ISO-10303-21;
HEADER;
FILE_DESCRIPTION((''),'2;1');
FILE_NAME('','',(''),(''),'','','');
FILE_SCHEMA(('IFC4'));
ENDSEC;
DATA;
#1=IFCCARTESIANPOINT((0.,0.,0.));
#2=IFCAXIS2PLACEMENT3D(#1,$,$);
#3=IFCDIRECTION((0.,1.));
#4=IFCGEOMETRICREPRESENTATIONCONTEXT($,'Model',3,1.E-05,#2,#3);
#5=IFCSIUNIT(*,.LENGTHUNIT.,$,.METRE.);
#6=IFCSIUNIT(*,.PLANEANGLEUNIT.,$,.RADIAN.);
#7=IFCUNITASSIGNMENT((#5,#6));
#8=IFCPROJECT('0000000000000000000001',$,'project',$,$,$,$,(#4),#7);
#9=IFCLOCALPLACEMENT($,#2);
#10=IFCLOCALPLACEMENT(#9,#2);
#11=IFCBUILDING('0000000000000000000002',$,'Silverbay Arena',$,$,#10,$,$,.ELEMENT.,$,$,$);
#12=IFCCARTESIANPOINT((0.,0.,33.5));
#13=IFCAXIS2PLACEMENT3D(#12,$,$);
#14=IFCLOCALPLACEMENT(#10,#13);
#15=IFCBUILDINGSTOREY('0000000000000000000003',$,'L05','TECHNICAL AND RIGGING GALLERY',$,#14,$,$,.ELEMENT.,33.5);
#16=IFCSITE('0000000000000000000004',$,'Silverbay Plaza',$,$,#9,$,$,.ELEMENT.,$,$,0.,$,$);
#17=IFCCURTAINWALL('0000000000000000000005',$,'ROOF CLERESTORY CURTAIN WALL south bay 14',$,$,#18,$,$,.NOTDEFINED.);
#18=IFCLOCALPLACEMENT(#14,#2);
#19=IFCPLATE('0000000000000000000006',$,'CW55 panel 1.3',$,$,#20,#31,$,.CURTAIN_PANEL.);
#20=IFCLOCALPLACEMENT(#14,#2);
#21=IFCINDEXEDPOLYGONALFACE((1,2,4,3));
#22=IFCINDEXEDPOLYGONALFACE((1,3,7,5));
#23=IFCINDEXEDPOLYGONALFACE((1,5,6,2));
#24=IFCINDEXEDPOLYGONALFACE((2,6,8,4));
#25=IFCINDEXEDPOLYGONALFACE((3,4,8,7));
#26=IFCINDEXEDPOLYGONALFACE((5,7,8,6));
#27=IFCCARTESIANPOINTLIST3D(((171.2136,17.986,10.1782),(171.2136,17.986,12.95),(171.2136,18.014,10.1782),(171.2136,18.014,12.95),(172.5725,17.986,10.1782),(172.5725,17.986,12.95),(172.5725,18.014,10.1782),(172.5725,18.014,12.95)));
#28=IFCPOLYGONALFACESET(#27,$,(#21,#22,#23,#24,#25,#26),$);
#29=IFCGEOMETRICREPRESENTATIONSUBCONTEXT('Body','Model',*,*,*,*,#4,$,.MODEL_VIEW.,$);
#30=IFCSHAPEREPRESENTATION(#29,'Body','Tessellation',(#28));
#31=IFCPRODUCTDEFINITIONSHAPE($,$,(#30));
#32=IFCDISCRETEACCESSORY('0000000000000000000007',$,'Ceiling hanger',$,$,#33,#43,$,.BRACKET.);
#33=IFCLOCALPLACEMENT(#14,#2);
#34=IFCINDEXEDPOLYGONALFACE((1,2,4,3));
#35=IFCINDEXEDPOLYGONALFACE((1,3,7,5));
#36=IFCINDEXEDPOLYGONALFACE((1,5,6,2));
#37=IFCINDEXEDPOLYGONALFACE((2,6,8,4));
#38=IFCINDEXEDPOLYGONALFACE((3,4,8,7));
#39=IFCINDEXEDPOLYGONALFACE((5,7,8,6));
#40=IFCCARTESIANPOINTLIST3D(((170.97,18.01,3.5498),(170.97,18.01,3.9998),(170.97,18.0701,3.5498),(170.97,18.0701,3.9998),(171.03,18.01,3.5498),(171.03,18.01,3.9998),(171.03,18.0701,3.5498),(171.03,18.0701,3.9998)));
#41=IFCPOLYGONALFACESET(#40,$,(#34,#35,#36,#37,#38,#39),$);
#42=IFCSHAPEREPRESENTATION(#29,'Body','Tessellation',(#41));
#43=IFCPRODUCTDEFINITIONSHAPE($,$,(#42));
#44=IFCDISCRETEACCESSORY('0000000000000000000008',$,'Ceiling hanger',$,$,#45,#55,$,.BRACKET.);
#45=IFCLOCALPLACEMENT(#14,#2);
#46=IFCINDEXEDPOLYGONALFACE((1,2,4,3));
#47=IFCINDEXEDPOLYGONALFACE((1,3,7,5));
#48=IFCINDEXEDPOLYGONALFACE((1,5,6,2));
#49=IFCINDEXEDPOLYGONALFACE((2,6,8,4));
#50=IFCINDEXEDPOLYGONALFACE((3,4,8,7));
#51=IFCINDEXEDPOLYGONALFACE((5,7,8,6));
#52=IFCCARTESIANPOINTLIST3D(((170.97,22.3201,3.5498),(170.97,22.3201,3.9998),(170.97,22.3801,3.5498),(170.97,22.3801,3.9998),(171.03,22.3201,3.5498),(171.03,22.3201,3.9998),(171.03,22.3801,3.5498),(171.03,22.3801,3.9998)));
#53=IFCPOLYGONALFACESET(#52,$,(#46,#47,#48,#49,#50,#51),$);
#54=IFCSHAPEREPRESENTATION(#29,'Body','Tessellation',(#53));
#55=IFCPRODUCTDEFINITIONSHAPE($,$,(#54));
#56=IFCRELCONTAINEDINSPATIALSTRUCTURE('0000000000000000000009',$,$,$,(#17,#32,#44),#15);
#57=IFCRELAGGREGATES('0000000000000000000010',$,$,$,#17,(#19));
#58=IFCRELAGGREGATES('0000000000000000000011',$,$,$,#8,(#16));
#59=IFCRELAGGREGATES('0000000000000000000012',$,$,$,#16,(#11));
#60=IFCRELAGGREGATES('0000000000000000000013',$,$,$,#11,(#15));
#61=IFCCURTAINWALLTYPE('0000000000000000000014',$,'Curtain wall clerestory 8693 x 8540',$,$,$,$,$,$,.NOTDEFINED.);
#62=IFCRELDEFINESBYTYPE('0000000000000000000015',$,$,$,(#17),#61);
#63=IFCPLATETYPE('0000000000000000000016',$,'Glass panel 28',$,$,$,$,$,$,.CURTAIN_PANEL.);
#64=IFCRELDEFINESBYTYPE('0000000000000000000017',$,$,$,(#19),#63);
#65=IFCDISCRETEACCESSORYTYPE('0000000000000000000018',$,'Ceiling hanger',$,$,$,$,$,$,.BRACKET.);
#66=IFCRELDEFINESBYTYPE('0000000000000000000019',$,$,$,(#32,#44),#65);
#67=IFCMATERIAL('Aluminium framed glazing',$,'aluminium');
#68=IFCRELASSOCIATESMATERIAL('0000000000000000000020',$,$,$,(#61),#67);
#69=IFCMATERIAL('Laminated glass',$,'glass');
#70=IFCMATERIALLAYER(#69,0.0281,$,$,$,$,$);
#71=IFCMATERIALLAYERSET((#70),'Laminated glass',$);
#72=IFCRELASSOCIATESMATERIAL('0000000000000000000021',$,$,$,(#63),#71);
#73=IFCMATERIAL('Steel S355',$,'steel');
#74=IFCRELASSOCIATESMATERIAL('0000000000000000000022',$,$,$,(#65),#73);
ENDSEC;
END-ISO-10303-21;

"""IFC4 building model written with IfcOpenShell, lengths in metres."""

from ifc_helpers import new_model, si_unit, direction, frame, origin, origin_2d, place, context, subcontext, project, spatial, rectangle, extrude, material, layer, layer_set, type_object, element, aggregate, save


model = new_model("IFC4")

# Units and contexts
model_context = context("Model", 3, precision=1e-05, world=origin(), true_north=direction((0.0, 1.0)))
body_context = subcontext(model_context, "Body", "Model", "MODEL_VIEW")
ifc_project = project(units=[si_unit("LENGTHUNIT", "METRE"), si_unit("PLANEANGLEUNIT", "RADIAN")], contexts=[model_context])

# Site, building, storey
site_placement = place(None, origin())
site = spatial("IfcSite", under=ifc_project, at=site_placement, Name="Silverbay Plaza", CompositionType="ELEMENT", RefElevation=0.0)
building_placement = place(site_placement, origin())
building = spatial("IfcBuilding", under=site, at=building_placement, Name="Silverbay Arena", CompositionType="ELEMENT")
storey_placement = place(building_placement, frame((0.0, 0.0, 33.5)))
storey = spatial("IfcBuildingStorey", under=building, at=storey_placement, Name="L05", Description="TECHNICAL AND RIGGING GALLERY", CompositionType="ELEMENT", Elevation=33.5)

# Curtain wall
ifc_material_1 = material(Name="Aluminium framed glazing", Category="aluminium")
curtain_wall_type_1 = type_object("IfcCurtainWallType", Name="Curtain wall clerestory 8693 x 8540", PredefinedType="NOTDEFINED", material=ifc_material_1)
curtain_wall_1_placement = place(storey_placement, origin())
curtain_wall_1 = element("IfcCurtainWall", 1, at=curtain_wall_1_placement, inside=storey, type_object=curtain_wall_type_1, Name="ROOF CLERESTORY CURTAIN WALL south bay 14", PredefinedType="NOTDEFINED")

# Plate
ifc_material_2 = material(Name="Laminated glass", Category="glass")
ifc_layer = layer(ifc_material_2, 0.0281)
ifc_layer_set = layer_set([ifc_layer], Name="Laminated glass")
plate_type = type_object("IfcPlateType", Name="Glass panel 28", PredefinedType="CURTAIN_PANEL", material=ifc_layer_set)
plate_1_placement = place(storey_placement, frame((171.8931, 18.0, 10.1782), z_axis=(0.0, 0.0, 1.0), x_axis=(1.0, 0.0, 0.0)))
plate_1 = element("IfcPlate", 2, at=plate_1_placement, type_object=plate_type, Name="CW55 panel 1.3", PredefinedType="CURTAIN_PANEL", context=body_context, shape_type="SweptSolid", body=[
    extrude(rectangle(XDim=1.3589, YDim=0.0281, at=origin_2d()), origin(), (0.0, 0.0, 1.0), 2.7717),
])
aggregate(curtain_wall_1, [plate_1])

# Discrete accessories
ifc_material_3 = material(Name="Steel S355", Category="steel")
discrete_accessory_type = type_object("IfcDiscreteAccessoryType", Name="Ceiling hanger", PredefinedType="BRACKET", material=ifc_material_3)
for number, where, z_axis, x_axis, name in (
    (3, (171.0, 18.04, 3.5498), (0.0, 0.0, 1.0), (1.0, 0.0, 0.0), "Ceiling hanger"),
    (4, (171.0, 22.3501, 3.5498), (0.0, 0.0, 1.0), (1.0, 0.0, 0.0), "Ceiling hanger"),
):
    element("IfcDiscreteAccessory", number, at=place(storey_placement, frame(where, z_axis=z_axis, x_axis=x_axis)), inside=storey, type_object=discrete_accessory_type, Name=name, PredefinedType="BRACKET", context=body_context, shape_type="SweptSolid", body=[
        extrude(rectangle(XDim=0.0601, YDim=0.0601, at=origin_2d()), origin(), (0.0, 0.0, 1.0), 0.45),
    ])

save(model, "model.ifc")
